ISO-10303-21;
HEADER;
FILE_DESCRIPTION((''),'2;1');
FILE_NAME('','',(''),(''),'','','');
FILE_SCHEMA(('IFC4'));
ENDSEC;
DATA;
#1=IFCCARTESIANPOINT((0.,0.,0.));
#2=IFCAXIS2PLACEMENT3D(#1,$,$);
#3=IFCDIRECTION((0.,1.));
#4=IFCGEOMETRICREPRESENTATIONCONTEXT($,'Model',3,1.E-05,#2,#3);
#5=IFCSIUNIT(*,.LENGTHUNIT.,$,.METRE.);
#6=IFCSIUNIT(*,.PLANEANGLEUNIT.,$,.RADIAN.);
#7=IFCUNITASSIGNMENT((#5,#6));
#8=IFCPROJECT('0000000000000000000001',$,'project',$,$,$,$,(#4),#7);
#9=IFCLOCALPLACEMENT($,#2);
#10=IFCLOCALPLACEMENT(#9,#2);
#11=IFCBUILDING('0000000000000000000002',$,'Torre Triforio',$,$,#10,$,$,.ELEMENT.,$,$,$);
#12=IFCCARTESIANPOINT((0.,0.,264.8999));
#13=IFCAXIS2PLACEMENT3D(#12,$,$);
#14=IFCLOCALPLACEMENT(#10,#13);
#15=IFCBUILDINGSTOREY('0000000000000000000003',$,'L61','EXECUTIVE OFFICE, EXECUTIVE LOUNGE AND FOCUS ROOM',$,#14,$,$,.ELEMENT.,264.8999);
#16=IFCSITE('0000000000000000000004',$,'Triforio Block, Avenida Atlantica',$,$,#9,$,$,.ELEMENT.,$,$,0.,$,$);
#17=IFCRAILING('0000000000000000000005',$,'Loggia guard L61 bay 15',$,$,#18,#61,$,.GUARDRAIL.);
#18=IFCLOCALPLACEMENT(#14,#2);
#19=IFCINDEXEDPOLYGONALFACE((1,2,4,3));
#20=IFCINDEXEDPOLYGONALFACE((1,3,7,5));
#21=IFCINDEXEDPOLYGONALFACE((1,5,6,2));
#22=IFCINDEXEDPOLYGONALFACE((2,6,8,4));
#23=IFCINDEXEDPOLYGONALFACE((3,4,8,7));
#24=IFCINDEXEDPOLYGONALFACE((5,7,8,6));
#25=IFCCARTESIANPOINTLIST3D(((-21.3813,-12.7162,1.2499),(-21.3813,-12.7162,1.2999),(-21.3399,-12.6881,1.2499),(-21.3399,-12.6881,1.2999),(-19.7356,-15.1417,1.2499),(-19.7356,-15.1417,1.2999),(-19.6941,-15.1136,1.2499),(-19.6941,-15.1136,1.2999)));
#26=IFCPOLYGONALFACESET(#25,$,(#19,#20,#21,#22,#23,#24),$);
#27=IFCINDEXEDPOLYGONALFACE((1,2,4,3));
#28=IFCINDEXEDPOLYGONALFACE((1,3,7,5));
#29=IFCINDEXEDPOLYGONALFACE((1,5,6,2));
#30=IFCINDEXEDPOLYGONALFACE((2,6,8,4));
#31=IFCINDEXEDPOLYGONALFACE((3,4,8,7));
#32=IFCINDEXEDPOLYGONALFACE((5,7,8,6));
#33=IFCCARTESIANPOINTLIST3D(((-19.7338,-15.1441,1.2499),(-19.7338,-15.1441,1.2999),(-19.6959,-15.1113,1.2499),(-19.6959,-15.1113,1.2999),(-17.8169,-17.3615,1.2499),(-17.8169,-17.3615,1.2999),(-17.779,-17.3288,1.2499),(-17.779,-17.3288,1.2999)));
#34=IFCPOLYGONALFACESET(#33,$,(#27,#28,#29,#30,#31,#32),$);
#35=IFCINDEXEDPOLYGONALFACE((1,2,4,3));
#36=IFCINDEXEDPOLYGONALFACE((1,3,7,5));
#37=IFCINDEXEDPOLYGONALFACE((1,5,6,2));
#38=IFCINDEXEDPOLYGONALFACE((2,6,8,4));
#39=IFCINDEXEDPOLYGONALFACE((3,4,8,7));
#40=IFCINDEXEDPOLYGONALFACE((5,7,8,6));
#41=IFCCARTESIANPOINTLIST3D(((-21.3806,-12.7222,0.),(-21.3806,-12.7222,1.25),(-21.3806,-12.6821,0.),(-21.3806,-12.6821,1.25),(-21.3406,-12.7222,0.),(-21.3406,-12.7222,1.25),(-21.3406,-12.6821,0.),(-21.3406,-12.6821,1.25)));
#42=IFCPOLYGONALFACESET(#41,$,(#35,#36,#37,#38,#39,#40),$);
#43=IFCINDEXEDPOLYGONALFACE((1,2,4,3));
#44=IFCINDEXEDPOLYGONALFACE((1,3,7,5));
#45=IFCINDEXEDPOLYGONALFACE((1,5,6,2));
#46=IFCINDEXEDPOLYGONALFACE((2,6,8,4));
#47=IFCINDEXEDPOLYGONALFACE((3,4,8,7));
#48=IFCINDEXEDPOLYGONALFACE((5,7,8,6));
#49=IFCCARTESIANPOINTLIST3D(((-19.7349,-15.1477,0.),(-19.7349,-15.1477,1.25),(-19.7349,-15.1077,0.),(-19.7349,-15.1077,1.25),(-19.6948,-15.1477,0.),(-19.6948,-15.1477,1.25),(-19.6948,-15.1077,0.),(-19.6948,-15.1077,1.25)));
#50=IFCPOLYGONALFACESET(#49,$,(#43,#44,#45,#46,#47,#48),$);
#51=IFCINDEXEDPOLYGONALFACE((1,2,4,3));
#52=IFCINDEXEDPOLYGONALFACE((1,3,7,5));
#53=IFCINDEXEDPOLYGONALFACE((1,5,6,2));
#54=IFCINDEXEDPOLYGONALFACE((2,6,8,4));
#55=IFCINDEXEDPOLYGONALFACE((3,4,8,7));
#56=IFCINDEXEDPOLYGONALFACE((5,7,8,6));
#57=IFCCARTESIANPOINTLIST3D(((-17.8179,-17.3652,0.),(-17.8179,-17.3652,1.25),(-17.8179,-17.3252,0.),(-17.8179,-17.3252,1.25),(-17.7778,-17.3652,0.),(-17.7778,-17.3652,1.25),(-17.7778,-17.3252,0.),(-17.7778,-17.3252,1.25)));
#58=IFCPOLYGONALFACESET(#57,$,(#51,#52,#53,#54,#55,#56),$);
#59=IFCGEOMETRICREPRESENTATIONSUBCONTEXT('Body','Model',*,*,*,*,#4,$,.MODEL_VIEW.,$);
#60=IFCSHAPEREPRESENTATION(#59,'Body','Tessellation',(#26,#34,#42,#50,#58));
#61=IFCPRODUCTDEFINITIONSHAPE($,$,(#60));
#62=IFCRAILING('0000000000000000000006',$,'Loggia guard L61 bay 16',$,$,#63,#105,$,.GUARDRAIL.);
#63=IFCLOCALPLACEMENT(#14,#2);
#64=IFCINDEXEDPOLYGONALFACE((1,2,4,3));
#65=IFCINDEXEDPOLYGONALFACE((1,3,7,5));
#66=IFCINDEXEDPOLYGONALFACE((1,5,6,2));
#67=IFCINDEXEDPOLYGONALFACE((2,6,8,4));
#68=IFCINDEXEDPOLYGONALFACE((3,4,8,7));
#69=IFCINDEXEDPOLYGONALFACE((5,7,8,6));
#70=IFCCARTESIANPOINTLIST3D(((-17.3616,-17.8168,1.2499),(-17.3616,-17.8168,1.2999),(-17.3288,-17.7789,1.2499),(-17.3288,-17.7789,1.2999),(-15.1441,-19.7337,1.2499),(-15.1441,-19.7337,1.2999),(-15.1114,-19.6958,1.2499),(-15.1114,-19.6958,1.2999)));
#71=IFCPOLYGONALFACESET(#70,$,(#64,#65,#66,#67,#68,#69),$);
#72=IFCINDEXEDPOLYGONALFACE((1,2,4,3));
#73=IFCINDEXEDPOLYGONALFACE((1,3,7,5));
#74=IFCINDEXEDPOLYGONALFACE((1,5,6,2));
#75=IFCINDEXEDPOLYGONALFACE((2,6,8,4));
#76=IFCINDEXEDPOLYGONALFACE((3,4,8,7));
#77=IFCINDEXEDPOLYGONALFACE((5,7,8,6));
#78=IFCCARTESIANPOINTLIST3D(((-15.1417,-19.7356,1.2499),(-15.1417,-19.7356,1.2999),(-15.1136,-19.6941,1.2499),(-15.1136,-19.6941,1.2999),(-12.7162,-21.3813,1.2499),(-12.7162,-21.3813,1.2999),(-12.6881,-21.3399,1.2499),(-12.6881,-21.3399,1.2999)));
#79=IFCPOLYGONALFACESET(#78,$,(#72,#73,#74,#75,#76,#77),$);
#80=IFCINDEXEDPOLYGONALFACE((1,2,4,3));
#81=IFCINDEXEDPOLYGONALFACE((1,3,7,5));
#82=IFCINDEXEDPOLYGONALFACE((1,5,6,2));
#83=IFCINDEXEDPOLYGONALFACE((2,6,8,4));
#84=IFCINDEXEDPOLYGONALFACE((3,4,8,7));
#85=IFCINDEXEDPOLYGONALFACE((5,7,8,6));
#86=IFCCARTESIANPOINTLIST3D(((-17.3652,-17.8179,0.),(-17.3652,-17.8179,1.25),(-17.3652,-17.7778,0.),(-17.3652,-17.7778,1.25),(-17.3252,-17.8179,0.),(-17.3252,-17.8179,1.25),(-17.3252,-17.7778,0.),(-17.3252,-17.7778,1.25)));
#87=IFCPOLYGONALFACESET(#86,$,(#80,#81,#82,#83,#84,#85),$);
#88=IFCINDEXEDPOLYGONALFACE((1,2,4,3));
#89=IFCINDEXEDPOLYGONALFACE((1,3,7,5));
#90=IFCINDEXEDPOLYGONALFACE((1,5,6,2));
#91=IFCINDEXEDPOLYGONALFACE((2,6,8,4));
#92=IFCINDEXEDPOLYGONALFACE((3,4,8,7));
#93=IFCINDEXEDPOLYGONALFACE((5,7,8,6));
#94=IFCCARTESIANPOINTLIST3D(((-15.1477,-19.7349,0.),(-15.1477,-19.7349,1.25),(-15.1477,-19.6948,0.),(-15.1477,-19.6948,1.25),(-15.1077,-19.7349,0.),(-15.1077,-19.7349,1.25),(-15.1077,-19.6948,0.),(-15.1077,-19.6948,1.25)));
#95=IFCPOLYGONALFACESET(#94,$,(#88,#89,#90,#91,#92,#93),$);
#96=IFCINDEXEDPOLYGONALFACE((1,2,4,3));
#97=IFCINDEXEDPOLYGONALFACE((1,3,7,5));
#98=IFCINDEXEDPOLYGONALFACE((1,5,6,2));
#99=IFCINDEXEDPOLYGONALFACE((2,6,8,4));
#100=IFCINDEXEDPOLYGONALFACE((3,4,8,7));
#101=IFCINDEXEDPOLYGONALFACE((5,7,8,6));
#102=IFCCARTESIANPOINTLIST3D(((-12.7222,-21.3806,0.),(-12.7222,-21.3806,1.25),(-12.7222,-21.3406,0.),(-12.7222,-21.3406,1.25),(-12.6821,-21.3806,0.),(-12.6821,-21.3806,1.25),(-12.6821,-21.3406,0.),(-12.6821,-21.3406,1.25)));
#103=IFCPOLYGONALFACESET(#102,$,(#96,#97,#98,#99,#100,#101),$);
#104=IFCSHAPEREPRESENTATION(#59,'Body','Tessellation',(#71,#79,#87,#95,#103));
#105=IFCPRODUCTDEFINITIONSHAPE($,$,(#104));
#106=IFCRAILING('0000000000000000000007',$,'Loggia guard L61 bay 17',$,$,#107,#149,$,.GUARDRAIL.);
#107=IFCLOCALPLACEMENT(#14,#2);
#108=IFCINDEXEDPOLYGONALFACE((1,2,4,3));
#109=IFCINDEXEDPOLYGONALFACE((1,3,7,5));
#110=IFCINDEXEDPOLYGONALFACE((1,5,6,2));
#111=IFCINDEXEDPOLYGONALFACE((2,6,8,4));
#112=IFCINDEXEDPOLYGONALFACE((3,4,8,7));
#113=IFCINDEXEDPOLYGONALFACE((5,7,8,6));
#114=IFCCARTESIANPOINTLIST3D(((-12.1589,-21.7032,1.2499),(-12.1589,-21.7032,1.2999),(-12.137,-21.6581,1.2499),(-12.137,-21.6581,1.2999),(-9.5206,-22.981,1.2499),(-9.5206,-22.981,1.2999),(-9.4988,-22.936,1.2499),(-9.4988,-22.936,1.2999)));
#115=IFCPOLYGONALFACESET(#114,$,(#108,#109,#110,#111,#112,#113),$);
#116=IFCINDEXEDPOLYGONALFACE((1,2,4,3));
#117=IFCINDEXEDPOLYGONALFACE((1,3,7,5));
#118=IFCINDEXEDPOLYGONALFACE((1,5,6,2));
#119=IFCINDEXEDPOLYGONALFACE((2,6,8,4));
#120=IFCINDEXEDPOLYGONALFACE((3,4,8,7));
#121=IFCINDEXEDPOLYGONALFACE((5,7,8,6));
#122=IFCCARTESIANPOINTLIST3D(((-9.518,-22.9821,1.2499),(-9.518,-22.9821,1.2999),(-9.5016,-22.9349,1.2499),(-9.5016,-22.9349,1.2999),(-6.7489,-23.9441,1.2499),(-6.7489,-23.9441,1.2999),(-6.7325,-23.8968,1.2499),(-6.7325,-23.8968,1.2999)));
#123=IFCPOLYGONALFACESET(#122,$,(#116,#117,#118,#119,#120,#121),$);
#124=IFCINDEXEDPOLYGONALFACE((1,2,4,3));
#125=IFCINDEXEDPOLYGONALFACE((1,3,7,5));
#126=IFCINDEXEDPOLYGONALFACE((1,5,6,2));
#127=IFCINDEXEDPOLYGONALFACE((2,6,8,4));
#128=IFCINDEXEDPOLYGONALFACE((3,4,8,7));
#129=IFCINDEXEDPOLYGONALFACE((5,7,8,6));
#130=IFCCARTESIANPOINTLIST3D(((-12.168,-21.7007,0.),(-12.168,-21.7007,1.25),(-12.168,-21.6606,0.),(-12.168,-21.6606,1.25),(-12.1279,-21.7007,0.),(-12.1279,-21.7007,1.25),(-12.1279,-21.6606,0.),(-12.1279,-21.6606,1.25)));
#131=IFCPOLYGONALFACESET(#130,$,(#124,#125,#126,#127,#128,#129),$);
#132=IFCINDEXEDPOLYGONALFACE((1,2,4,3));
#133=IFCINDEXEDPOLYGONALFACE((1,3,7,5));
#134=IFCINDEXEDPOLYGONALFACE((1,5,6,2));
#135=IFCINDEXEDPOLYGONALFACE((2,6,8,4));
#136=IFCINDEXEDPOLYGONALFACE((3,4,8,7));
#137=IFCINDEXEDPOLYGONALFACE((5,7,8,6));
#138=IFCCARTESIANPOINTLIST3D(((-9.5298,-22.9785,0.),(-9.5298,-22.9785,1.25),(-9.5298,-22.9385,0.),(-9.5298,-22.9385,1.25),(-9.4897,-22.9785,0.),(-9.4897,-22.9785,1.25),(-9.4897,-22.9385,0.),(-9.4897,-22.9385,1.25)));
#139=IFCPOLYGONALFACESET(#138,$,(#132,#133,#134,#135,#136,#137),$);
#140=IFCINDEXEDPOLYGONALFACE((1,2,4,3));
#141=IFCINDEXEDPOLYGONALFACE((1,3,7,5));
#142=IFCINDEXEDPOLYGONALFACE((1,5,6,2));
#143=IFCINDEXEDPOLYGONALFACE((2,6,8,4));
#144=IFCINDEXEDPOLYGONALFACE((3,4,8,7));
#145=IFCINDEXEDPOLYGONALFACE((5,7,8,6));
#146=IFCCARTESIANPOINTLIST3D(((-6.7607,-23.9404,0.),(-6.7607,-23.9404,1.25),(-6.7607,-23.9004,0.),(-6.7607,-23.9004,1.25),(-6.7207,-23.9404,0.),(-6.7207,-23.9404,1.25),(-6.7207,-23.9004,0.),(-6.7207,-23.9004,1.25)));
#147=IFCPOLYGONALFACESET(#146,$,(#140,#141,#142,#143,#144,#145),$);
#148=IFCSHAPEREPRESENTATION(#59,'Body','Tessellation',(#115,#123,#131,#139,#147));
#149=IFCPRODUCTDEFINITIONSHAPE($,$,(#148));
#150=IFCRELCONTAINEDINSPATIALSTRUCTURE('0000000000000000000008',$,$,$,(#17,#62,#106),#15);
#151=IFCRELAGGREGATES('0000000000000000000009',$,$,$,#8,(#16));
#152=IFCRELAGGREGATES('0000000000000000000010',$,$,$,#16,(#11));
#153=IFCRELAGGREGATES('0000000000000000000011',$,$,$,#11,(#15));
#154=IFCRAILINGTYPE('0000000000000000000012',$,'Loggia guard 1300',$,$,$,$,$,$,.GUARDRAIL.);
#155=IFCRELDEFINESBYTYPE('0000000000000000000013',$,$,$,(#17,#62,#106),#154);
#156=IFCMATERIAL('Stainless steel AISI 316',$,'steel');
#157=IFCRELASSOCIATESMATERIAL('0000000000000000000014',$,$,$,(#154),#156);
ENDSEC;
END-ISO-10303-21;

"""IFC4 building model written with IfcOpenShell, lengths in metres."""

from ifc_helpers import new_model, si_unit, direction, frame, origin, origin_2d, place, context, subcontext, project, spatial, rectangle, extrude, material, type_object, element, save


model = new_model("IFC4")

# Units and contexts
model_context = context("Model", 3, precision=1e-05, world=origin(), true_north=direction((0.0, 1.0)))
body_context = subcontext(model_context, "Body", "Model", "MODEL_VIEW")
ifc_project = project(units=[si_unit("LENGTHUNIT", "METRE"), si_unit("PLANEANGLEUNIT", "RADIAN")], contexts=[model_context])

# Site, building, storey
site_placement = place(None, origin())
site = spatial("IfcSite", under=ifc_project, at=site_placement, Name="Triforio Block, Avenida Atlantica", CompositionType="ELEMENT", RefElevation=0.0)
building_placement = place(site_placement, origin())
building = spatial("IfcBuilding", under=site, at=building_placement, Name="Torre Triforio", CompositionType="ELEMENT")
storey_placement = place(building_placement, frame((0.0, 0.0, 264.8999)))
storey = spatial("IfcBuildingStorey", under=building, at=storey_placement, Name="L61", Description="EXECUTIVE OFFICE, EXECUTIVE LOUNGE AND FOCUS ROOM", CompositionType="ELEMENT", Elevation=264.8999)

# Railings
ifc_material_1 = material(Name="Stainless steel AISI 316", Category="steel")
railing_type = type_object("IfcRailingType", Name="Loggia guard 1300", PredefinedType="GUARDRAIL", material=ifc_material_1)
railing_1_placement = place(storey_placement, frame((-21.3606, -12.7021, 0.0)))
element("IfcRailing", 1, at=railing_1_placement, inside=storey, type_object=railing_type, Name="Loggia guard L61 bay 15", PredefinedType="GUARDRAIL", context=body_context, shape_type="SweptSolid", body=[
    extrude(rectangle(XDim=0.05, YDim=0.05, at=origin_2d()), frame((0.0, 0.0, 1.2749), z_axis=(0.561467, -0.827499, 0.0), x_axis=(0.827499, 0.561467, 0.0)), (0.0, 0.0, 1.0), 2.9312),
    extrude(rectangle(XDim=0.05, YDim=0.05, at=origin_2d()), frame((1.6458, -2.4255, 1.2749), z_axis=(0.653982, -0.75651, 0.0), x_axis=(0.75651, 0.653982, 0.0)), (0.0, 0.0, 1.0), 2.9312),
    extrude(rectangle(XDim=0.04, YDim=0.04, at=origin_2d()), origin(), (0.0, 0.0, 1.0), 1.25),
    extrude(rectangle(XDim=0.04, YDim=0.04, at=origin_2d()), frame((1.6458, -2.4255, 0.0)), (0.0, 0.0, 1.0), 1.25),
    extrude(rectangle(XDim=0.04, YDim=0.04, at=origin_2d()), frame((3.5627, -4.6431, 0.0)), (0.0, 0.0, 1.0), 1.25),
])
railing_2_placement = place(storey_placement, frame((-17.3452, -17.7979, 0.0)))
element("IfcRailing", 2, at=railing_2_placement, inside=storey, type_object=railing_type, Name="Loggia guard L61 bay 16", PredefinedType="GUARDRAIL", context=body_context, shape_type="SweptSolid", body=[
    extrude(rectangle(XDim=0.05, YDim=0.05, at=origin_2d()), frame((0.0, 0.0, 1.2749), z_axis=(0.75651, -0.653982, 0.0), x_axis=(0.653982, 0.75651, 0.0)), (0.0, 0.0, 1.0), 2.9312),
    extrude(rectangle(XDim=0.05, YDim=0.05, at=origin_2d()), frame((2.2175, -1.917, 1.2749), z_axis=(0.827499, -0.561467, 0.0), x_axis=(0.561467, 0.827499, 0.0)), (0.0, 0.0, 1.0), 2.9312),
    extrude(rectangle(XDim=0.04, YDim=0.04, at=origin_2d()), origin(), (0.0, 0.0, 1.0), 1.25),
    extrude(rectangle(XDim=0.04, YDim=0.04, at=origin_2d()), frame((2.2175, -1.917, 0.0)), (0.0, 0.0, 1.0), 1.25),
    extrude(rectangle(XDim=0.04, YDim=0.04, at=origin_2d()), frame((4.6431, -3.5627, 0.0)), (0.0, 0.0, 1.0), 1.25),
])
railing_3_placement = place(storey_placement, frame((-12.1479, -21.6807, 0.0)))
element("IfcRailing", 3, at=railing_3_placement, inside=storey, type_object=railing_type, Name="Loggia guard L61 bay 17", PredefinedType="GUARDRAIL", context=body_context, shape_type="SweptSolid", body=[
    extrude(rectangle(XDim=0.05, YDim=0.05, at=origin_2d()), frame((0.0, 0.0, 1.2749), z_axis=(0.899986, -0.435918, 0.0), x_axis=(0.435918, 0.899986, 0.0)), (0.0, 0.0, 1.0), 2.9314),
    extrude(rectangle(XDim=0.05, YDim=0.05, at=origin_2d()), frame((2.6382, -1.2778, 1.2749), z_axis=(0.944627, -0.328146, 0.0), x_axis=(0.328146, 0.944627, 0.0)), (0.0, 0.0, 1.0), 2.9314),
    extrude(rectangle(XDim=0.04, YDim=0.04, at=origin_2d()), origin(), (0.0, 0.0, 1.0), 1.25),
    extrude(rectangle(XDim=0.04, YDim=0.04, at=origin_2d()), frame((2.6382, -1.2778, 0.0)), (0.0, 0.0, 1.0), 1.25),
    extrude(rectangle(XDim=0.04, YDim=0.04, at=origin_2d()), frame((5.4072, -2.2397, 0.0)), (0.0, 0.0, 1.0), 1.25),
])

save(model, "model.ifc")
